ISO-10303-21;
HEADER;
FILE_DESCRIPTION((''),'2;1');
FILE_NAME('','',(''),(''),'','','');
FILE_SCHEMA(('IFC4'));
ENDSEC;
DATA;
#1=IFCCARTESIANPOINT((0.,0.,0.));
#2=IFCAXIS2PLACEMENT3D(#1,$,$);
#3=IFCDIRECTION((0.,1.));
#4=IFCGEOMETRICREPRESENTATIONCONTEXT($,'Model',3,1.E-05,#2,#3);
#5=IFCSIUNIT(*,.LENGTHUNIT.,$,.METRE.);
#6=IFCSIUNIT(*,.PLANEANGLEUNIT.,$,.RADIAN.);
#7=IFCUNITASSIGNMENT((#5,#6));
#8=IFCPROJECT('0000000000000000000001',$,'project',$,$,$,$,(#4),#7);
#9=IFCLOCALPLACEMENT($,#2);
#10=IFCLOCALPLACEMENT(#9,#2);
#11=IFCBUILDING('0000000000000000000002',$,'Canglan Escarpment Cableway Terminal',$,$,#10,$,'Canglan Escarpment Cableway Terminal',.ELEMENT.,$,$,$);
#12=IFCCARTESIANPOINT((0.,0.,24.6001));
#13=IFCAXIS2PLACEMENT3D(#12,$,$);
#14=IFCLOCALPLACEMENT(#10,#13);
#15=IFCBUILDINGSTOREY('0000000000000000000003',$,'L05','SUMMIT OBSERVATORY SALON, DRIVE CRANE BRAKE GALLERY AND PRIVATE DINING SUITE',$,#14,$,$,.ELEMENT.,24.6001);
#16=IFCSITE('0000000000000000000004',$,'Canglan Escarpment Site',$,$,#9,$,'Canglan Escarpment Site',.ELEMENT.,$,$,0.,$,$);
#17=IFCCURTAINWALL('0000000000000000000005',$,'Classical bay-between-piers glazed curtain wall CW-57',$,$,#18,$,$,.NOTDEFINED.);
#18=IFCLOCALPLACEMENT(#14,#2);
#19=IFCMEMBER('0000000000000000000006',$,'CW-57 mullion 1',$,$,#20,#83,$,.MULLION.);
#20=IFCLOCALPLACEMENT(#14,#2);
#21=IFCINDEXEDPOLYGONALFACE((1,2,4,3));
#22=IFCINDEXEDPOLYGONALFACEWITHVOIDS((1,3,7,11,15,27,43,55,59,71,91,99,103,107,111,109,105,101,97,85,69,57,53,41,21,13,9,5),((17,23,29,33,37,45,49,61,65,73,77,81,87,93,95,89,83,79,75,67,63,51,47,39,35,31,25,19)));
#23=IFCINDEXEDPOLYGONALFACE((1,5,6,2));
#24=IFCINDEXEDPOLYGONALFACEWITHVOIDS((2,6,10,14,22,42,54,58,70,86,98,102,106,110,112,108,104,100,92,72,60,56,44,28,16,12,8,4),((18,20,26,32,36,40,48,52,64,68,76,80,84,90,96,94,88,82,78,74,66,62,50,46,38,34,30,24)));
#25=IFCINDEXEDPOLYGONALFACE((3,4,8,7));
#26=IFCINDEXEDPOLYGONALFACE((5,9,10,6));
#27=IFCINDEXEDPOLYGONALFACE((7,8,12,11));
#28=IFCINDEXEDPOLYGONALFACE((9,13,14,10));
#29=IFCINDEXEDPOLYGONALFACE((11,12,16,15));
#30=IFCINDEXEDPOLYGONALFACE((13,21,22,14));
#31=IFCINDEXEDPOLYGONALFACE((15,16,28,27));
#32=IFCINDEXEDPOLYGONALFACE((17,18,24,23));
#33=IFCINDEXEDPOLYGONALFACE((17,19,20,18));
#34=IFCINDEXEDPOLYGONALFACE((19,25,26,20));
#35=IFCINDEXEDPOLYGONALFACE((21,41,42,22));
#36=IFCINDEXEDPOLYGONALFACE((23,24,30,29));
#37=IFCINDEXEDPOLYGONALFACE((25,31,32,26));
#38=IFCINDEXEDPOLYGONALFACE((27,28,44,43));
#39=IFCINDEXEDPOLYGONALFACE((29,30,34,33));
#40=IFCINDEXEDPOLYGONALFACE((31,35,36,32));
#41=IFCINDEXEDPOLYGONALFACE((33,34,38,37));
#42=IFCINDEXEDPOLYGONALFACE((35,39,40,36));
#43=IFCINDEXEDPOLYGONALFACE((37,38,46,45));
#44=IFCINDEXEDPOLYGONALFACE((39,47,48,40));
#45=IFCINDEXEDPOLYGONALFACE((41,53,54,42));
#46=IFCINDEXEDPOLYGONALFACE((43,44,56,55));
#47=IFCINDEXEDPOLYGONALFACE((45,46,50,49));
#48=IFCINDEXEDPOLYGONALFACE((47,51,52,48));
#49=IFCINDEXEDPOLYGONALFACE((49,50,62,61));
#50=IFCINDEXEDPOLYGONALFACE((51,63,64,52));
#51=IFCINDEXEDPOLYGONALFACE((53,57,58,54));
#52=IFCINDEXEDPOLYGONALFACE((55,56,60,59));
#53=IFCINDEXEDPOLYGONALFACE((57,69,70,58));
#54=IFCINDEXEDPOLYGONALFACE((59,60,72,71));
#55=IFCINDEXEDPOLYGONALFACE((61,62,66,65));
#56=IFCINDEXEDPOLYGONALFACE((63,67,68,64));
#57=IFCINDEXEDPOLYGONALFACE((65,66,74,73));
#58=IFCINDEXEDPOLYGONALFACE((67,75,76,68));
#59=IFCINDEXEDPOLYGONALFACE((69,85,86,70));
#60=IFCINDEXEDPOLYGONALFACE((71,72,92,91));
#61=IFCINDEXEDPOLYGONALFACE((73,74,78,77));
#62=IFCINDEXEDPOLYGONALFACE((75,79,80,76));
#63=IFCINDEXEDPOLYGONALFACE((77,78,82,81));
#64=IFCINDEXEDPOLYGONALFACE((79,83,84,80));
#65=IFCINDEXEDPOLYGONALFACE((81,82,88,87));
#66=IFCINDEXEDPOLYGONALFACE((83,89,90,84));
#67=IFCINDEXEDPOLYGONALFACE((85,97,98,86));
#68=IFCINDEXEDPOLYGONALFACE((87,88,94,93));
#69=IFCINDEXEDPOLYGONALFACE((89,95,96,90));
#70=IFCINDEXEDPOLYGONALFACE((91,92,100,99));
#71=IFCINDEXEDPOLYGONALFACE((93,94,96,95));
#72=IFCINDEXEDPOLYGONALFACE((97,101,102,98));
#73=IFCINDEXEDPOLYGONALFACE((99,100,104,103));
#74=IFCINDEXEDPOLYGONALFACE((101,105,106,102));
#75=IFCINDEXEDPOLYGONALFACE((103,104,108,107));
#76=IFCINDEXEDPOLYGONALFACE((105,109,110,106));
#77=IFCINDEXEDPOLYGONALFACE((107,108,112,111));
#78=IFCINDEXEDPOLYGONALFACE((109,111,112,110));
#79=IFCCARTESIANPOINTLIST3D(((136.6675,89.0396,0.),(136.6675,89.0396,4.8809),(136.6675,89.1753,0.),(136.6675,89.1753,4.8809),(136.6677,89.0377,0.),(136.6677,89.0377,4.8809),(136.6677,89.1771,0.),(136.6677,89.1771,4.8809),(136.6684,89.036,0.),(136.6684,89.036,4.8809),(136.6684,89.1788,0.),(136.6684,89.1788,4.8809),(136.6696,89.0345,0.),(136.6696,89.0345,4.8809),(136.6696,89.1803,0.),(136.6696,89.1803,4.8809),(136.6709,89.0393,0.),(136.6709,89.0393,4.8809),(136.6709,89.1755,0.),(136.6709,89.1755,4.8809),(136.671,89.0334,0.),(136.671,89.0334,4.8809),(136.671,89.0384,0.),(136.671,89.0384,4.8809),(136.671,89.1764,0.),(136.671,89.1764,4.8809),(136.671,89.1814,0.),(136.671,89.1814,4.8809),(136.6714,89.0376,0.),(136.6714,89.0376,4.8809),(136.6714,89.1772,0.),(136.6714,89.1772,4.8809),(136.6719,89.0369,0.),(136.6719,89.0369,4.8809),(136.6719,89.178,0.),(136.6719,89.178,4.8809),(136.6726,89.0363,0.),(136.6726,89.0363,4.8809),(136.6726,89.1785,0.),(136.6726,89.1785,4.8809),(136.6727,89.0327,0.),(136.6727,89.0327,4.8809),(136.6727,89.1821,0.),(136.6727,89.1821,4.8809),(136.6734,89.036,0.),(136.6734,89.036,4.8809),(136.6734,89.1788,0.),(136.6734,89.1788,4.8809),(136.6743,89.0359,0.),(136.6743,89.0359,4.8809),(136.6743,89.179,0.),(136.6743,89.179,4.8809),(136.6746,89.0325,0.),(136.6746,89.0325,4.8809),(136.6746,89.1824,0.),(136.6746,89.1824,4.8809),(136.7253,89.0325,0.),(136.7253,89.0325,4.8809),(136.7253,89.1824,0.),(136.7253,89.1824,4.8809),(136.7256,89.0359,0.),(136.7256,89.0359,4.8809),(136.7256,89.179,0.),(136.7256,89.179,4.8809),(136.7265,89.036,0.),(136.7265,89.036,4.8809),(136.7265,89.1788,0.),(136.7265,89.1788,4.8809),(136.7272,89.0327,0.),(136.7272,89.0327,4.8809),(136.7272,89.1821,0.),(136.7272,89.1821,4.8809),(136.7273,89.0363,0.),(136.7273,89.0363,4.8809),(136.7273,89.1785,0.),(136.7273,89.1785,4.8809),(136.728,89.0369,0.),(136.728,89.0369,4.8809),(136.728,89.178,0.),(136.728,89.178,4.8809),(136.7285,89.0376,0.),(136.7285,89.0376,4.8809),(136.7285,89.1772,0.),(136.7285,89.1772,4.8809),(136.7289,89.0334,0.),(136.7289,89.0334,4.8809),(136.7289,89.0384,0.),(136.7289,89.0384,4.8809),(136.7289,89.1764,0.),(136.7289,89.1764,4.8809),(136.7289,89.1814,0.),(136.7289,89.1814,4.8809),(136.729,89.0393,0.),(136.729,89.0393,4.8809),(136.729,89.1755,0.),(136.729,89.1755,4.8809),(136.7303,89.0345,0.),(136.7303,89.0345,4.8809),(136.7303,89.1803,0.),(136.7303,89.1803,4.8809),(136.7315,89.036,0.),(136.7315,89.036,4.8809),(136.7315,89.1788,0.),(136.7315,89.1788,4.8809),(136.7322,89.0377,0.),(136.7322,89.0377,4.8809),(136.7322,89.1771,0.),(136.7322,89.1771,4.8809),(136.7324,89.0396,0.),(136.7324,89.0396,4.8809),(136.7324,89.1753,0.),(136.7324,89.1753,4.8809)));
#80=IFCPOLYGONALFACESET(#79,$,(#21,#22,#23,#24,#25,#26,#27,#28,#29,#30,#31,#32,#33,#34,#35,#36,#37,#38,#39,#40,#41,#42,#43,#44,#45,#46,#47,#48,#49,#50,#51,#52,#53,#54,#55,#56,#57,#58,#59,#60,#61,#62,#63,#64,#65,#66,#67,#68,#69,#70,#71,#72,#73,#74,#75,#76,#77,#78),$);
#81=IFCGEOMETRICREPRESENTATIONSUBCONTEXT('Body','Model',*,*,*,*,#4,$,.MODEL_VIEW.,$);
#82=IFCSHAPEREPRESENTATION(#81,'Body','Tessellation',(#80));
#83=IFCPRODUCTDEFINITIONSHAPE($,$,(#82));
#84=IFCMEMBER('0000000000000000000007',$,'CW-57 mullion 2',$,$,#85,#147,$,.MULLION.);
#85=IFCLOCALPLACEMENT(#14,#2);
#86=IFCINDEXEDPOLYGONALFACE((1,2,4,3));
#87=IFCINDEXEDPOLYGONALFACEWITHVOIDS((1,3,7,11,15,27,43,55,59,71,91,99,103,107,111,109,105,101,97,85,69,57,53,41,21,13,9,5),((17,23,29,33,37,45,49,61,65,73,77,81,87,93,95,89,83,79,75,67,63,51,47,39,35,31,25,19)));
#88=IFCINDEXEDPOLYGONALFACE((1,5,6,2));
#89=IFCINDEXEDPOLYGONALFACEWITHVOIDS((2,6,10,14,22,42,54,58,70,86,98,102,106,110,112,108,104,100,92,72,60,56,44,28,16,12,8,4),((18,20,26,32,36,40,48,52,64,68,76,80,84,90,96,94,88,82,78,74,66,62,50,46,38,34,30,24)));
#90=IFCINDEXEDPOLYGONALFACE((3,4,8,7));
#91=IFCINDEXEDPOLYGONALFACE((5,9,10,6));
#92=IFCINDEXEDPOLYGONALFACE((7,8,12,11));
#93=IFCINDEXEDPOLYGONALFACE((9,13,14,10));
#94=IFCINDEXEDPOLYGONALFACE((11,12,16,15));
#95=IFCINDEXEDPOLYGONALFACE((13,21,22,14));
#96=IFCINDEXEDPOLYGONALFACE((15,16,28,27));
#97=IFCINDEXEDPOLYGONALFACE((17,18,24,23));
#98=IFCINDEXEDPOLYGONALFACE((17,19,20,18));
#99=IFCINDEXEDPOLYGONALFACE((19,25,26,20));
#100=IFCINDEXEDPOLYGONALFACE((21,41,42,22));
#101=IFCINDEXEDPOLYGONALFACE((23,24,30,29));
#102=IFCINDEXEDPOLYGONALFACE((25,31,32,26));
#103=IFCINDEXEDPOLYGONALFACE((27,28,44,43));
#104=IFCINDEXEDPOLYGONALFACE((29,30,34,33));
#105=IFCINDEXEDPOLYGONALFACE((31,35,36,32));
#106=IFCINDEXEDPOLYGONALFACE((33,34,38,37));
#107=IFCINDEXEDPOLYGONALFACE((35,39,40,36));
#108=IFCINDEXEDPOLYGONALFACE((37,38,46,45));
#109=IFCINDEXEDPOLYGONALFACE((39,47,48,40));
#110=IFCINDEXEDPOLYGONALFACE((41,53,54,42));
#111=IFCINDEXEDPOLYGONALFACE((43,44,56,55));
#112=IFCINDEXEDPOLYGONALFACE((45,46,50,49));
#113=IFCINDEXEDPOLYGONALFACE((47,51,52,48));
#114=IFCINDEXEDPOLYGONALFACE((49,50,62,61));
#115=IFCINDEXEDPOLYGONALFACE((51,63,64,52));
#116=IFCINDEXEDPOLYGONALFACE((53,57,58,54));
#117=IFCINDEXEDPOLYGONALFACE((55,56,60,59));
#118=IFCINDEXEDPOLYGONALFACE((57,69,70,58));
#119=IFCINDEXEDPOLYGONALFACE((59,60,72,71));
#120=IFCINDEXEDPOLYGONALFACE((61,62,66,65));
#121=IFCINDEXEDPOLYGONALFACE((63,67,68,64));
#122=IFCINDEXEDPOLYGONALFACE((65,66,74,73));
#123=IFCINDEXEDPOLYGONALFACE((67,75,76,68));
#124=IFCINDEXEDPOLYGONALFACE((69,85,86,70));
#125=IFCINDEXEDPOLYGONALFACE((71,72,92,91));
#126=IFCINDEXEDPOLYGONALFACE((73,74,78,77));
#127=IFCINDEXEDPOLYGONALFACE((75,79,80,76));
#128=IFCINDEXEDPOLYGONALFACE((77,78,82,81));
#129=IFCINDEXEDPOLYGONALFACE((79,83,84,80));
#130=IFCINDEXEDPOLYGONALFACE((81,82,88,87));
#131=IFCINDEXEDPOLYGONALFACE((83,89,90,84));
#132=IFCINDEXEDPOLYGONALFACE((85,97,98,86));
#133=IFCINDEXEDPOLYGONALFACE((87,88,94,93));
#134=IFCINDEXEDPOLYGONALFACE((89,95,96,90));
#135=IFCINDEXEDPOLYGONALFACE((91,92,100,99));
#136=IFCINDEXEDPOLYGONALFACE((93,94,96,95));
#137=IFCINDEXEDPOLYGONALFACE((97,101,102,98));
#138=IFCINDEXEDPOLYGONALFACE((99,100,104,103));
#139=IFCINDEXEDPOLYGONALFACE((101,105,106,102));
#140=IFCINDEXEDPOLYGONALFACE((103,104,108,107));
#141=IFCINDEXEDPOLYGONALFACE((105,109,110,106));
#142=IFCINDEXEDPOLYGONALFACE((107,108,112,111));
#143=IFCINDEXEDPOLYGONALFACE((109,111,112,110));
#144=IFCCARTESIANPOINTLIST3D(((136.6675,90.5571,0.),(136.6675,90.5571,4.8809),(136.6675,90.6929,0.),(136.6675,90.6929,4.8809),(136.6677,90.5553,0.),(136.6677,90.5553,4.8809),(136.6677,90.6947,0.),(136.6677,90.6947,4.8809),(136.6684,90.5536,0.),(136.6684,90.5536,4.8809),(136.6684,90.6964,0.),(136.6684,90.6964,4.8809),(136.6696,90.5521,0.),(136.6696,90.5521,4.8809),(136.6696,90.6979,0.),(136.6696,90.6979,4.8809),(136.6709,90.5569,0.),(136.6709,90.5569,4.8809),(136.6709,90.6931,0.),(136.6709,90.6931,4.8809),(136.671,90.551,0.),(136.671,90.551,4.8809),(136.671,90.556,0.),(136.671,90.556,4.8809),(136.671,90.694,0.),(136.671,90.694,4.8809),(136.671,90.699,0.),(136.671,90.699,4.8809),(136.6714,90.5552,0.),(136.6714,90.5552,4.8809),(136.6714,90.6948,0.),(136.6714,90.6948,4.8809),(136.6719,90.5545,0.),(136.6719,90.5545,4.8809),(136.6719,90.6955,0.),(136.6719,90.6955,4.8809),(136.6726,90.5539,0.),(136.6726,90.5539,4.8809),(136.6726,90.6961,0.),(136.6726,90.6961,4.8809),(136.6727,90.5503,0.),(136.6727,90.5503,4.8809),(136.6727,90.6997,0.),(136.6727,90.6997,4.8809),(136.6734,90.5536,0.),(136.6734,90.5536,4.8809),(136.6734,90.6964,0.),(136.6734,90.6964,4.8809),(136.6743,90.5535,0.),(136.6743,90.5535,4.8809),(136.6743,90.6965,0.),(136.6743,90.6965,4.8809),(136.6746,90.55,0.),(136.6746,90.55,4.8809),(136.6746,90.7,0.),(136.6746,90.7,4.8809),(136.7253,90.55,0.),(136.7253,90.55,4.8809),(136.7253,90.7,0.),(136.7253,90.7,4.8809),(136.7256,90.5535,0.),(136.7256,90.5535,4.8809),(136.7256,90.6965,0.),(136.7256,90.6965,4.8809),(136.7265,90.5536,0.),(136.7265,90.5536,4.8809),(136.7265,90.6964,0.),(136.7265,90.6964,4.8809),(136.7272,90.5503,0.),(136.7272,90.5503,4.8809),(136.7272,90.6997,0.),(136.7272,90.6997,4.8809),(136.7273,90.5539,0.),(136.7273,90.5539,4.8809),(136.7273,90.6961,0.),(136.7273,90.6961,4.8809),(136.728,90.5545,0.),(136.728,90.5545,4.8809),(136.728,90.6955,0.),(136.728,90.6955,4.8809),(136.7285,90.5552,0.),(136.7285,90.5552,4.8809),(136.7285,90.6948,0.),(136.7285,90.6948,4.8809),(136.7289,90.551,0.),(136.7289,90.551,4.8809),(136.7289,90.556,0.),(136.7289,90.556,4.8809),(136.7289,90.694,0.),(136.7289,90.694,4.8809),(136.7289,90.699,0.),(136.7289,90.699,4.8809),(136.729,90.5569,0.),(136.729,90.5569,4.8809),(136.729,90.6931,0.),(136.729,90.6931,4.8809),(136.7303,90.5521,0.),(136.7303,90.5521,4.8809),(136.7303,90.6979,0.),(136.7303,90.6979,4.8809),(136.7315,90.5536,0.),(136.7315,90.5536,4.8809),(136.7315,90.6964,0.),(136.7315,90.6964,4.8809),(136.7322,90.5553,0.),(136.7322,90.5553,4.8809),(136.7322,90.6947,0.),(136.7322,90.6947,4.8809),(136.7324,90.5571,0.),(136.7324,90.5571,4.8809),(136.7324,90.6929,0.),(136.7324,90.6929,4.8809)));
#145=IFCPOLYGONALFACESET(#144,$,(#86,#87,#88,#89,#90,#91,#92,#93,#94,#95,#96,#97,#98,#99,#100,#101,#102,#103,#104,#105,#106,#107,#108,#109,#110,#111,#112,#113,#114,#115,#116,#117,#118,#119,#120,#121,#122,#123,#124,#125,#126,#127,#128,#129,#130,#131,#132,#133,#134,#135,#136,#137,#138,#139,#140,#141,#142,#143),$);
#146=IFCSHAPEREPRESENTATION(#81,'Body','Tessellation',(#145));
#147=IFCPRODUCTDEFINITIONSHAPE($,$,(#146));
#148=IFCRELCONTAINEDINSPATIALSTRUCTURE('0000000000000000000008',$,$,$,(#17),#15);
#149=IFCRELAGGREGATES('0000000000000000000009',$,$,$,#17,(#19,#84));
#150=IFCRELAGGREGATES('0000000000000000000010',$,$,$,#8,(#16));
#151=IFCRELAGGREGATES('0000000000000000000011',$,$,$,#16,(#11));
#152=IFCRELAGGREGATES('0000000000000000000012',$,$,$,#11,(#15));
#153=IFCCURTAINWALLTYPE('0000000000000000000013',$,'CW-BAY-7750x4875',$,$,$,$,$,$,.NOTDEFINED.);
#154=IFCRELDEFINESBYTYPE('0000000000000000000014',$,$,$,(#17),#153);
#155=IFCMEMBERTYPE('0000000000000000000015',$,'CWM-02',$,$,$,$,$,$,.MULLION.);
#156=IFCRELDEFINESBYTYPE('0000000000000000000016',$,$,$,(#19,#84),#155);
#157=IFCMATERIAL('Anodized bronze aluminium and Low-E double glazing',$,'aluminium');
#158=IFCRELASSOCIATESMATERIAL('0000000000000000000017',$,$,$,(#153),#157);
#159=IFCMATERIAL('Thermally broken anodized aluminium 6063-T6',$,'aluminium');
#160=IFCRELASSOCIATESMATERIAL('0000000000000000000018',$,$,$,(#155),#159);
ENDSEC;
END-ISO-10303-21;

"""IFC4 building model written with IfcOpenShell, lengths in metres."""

from ifc_helpers import new_model, si_unit, direction, frame, origin, origin_2d, place, context, subcontext, project, spatial, hollow_rectangle, extrude, material, material_profile, profile_set, type_object, element, aggregate, save


model = new_model("IFC4")

# Units and contexts
model_context = context("Model", 3, precision=1e-05, world=origin(), true_north=direction((0.0, 1.0)))
body_context = subcontext(model_context, "Body", "Model", "MODEL_VIEW")
ifc_project = project(units=[si_unit("LENGTHUNIT", "METRE"), si_unit("PLANEANGLEUNIT", "RADIAN")], contexts=[model_context])

# Site, building, storey
site_placement = place(None, origin())
site = spatial("IfcSite", under=ifc_project, at=site_placement, Name="Canglan Escarpment Site", LongName="Canglan Escarpment Site", CompositionType="ELEMENT", RefElevation=0.0)
building_placement = place(site_placement, origin())
building = spatial("IfcBuilding", under=site, at=building_placement, Name="Canglan Escarpment Cableway Terminal", LongName="Canglan Escarpment Cableway Terminal", CompositionType="ELEMENT")
storey_placement = place(building_placement, frame((0.0, 0.0, 24.6001)))
storey = spatial("IfcBuildingStorey", under=building, at=storey_placement, Name="L05", Description="SUMMIT OBSERVATORY SALON, DRIVE CRANE BRAKE GALLERY AND PRIVATE DINING SUITE", CompositionType="ELEMENT", Elevation=24.6001)

# Curtain wall, members
ifc_material_1 = material(Name="Anodized bronze aluminium and Low-E double glazing", Category="aluminium")
curtain_wall_type = type_object("IfcCurtainWallType", Name="CW-BAY-7750x4875", PredefinedType="NOTDEFINED", material=ifc_material_1)
curtain_wall_placement = place(storey_placement, origin())
curtain_wall = element("IfcCurtainWall", 1, at=curtain_wall_placement, inside=storey, type_object=curtain_wall_type, Name="Classical bay-between-piers glazed curtain wall CW-57", PredefinedType="NOTDEFINED")
ifc_material_2 = material(Name="Thermally broken anodized aluminium 6063-T6", Category="aluminium")
ifc_material_profile_1 = material_profile(ifc_material_2, hollow_rectangle(XDim=0.0649, YDim=0.1499, WallThickness=0.0034, InnerFilletRadius=0.0034, OuterFilletRadius=0.0071, at=origin_2d()), Name="ALU-MULL 65x150x3.5")
ifc_profile_set_1 = profile_set([ifc_material_profile_1], Name="Thermally broken anodized aluminium 6063-T6")
member_type_1 = type_object("IfcMemberType", Name="CWM-02", PredefinedType="MULLION", material=ifc_profile_set_1)
member_1_placement = place(storey_placement, frame((136.7, 89.1074, 0.0), z_axis=(0.0, 0.0, 1.0), x_axis=(-1.0, 0.0, 0.0)))
member_1 = element("IfcMember", 2, at=member_1_placement, type_object=member_type_1, Name="CW-57 mullion 1", PredefinedType="MULLION", context=body_context, shape_type="SweptSolid", body=[
    extrude(hollow_rectangle(XDim=0.0649, YDim=0.1499, WallThickness=0.0034, InnerFilletRadius=0.0034, OuterFilletRadius=0.0071, at=origin_2d()), origin(), (0.0, 0.0, 1.0), 4.8809),
])
member_2_placement = place(storey_placement, frame((136.7, 90.625, 0.0), z_axis=(0.0, 0.0, 1.0), x_axis=(-1.0, 0.0, 0.0)))
member_2 = element("IfcMember", 3, at=member_2_placement, type_object=member_type_1, Name="CW-57 mullion 2", PredefinedType="MULLION", context=body_context, shape_type="SweptSolid", body=[
    extrude(hollow_rectangle(XDim=0.0649, YDim=0.1499, WallThickness=0.0034, InnerFilletRadius=0.0034, OuterFilletRadius=0.0071, at=origin_2d()), origin(), (0.0, 0.0, 1.0), 4.8809),
])
aggregate(curtain_wall, [member_1, member_2])

save(model, "model.ifc")
